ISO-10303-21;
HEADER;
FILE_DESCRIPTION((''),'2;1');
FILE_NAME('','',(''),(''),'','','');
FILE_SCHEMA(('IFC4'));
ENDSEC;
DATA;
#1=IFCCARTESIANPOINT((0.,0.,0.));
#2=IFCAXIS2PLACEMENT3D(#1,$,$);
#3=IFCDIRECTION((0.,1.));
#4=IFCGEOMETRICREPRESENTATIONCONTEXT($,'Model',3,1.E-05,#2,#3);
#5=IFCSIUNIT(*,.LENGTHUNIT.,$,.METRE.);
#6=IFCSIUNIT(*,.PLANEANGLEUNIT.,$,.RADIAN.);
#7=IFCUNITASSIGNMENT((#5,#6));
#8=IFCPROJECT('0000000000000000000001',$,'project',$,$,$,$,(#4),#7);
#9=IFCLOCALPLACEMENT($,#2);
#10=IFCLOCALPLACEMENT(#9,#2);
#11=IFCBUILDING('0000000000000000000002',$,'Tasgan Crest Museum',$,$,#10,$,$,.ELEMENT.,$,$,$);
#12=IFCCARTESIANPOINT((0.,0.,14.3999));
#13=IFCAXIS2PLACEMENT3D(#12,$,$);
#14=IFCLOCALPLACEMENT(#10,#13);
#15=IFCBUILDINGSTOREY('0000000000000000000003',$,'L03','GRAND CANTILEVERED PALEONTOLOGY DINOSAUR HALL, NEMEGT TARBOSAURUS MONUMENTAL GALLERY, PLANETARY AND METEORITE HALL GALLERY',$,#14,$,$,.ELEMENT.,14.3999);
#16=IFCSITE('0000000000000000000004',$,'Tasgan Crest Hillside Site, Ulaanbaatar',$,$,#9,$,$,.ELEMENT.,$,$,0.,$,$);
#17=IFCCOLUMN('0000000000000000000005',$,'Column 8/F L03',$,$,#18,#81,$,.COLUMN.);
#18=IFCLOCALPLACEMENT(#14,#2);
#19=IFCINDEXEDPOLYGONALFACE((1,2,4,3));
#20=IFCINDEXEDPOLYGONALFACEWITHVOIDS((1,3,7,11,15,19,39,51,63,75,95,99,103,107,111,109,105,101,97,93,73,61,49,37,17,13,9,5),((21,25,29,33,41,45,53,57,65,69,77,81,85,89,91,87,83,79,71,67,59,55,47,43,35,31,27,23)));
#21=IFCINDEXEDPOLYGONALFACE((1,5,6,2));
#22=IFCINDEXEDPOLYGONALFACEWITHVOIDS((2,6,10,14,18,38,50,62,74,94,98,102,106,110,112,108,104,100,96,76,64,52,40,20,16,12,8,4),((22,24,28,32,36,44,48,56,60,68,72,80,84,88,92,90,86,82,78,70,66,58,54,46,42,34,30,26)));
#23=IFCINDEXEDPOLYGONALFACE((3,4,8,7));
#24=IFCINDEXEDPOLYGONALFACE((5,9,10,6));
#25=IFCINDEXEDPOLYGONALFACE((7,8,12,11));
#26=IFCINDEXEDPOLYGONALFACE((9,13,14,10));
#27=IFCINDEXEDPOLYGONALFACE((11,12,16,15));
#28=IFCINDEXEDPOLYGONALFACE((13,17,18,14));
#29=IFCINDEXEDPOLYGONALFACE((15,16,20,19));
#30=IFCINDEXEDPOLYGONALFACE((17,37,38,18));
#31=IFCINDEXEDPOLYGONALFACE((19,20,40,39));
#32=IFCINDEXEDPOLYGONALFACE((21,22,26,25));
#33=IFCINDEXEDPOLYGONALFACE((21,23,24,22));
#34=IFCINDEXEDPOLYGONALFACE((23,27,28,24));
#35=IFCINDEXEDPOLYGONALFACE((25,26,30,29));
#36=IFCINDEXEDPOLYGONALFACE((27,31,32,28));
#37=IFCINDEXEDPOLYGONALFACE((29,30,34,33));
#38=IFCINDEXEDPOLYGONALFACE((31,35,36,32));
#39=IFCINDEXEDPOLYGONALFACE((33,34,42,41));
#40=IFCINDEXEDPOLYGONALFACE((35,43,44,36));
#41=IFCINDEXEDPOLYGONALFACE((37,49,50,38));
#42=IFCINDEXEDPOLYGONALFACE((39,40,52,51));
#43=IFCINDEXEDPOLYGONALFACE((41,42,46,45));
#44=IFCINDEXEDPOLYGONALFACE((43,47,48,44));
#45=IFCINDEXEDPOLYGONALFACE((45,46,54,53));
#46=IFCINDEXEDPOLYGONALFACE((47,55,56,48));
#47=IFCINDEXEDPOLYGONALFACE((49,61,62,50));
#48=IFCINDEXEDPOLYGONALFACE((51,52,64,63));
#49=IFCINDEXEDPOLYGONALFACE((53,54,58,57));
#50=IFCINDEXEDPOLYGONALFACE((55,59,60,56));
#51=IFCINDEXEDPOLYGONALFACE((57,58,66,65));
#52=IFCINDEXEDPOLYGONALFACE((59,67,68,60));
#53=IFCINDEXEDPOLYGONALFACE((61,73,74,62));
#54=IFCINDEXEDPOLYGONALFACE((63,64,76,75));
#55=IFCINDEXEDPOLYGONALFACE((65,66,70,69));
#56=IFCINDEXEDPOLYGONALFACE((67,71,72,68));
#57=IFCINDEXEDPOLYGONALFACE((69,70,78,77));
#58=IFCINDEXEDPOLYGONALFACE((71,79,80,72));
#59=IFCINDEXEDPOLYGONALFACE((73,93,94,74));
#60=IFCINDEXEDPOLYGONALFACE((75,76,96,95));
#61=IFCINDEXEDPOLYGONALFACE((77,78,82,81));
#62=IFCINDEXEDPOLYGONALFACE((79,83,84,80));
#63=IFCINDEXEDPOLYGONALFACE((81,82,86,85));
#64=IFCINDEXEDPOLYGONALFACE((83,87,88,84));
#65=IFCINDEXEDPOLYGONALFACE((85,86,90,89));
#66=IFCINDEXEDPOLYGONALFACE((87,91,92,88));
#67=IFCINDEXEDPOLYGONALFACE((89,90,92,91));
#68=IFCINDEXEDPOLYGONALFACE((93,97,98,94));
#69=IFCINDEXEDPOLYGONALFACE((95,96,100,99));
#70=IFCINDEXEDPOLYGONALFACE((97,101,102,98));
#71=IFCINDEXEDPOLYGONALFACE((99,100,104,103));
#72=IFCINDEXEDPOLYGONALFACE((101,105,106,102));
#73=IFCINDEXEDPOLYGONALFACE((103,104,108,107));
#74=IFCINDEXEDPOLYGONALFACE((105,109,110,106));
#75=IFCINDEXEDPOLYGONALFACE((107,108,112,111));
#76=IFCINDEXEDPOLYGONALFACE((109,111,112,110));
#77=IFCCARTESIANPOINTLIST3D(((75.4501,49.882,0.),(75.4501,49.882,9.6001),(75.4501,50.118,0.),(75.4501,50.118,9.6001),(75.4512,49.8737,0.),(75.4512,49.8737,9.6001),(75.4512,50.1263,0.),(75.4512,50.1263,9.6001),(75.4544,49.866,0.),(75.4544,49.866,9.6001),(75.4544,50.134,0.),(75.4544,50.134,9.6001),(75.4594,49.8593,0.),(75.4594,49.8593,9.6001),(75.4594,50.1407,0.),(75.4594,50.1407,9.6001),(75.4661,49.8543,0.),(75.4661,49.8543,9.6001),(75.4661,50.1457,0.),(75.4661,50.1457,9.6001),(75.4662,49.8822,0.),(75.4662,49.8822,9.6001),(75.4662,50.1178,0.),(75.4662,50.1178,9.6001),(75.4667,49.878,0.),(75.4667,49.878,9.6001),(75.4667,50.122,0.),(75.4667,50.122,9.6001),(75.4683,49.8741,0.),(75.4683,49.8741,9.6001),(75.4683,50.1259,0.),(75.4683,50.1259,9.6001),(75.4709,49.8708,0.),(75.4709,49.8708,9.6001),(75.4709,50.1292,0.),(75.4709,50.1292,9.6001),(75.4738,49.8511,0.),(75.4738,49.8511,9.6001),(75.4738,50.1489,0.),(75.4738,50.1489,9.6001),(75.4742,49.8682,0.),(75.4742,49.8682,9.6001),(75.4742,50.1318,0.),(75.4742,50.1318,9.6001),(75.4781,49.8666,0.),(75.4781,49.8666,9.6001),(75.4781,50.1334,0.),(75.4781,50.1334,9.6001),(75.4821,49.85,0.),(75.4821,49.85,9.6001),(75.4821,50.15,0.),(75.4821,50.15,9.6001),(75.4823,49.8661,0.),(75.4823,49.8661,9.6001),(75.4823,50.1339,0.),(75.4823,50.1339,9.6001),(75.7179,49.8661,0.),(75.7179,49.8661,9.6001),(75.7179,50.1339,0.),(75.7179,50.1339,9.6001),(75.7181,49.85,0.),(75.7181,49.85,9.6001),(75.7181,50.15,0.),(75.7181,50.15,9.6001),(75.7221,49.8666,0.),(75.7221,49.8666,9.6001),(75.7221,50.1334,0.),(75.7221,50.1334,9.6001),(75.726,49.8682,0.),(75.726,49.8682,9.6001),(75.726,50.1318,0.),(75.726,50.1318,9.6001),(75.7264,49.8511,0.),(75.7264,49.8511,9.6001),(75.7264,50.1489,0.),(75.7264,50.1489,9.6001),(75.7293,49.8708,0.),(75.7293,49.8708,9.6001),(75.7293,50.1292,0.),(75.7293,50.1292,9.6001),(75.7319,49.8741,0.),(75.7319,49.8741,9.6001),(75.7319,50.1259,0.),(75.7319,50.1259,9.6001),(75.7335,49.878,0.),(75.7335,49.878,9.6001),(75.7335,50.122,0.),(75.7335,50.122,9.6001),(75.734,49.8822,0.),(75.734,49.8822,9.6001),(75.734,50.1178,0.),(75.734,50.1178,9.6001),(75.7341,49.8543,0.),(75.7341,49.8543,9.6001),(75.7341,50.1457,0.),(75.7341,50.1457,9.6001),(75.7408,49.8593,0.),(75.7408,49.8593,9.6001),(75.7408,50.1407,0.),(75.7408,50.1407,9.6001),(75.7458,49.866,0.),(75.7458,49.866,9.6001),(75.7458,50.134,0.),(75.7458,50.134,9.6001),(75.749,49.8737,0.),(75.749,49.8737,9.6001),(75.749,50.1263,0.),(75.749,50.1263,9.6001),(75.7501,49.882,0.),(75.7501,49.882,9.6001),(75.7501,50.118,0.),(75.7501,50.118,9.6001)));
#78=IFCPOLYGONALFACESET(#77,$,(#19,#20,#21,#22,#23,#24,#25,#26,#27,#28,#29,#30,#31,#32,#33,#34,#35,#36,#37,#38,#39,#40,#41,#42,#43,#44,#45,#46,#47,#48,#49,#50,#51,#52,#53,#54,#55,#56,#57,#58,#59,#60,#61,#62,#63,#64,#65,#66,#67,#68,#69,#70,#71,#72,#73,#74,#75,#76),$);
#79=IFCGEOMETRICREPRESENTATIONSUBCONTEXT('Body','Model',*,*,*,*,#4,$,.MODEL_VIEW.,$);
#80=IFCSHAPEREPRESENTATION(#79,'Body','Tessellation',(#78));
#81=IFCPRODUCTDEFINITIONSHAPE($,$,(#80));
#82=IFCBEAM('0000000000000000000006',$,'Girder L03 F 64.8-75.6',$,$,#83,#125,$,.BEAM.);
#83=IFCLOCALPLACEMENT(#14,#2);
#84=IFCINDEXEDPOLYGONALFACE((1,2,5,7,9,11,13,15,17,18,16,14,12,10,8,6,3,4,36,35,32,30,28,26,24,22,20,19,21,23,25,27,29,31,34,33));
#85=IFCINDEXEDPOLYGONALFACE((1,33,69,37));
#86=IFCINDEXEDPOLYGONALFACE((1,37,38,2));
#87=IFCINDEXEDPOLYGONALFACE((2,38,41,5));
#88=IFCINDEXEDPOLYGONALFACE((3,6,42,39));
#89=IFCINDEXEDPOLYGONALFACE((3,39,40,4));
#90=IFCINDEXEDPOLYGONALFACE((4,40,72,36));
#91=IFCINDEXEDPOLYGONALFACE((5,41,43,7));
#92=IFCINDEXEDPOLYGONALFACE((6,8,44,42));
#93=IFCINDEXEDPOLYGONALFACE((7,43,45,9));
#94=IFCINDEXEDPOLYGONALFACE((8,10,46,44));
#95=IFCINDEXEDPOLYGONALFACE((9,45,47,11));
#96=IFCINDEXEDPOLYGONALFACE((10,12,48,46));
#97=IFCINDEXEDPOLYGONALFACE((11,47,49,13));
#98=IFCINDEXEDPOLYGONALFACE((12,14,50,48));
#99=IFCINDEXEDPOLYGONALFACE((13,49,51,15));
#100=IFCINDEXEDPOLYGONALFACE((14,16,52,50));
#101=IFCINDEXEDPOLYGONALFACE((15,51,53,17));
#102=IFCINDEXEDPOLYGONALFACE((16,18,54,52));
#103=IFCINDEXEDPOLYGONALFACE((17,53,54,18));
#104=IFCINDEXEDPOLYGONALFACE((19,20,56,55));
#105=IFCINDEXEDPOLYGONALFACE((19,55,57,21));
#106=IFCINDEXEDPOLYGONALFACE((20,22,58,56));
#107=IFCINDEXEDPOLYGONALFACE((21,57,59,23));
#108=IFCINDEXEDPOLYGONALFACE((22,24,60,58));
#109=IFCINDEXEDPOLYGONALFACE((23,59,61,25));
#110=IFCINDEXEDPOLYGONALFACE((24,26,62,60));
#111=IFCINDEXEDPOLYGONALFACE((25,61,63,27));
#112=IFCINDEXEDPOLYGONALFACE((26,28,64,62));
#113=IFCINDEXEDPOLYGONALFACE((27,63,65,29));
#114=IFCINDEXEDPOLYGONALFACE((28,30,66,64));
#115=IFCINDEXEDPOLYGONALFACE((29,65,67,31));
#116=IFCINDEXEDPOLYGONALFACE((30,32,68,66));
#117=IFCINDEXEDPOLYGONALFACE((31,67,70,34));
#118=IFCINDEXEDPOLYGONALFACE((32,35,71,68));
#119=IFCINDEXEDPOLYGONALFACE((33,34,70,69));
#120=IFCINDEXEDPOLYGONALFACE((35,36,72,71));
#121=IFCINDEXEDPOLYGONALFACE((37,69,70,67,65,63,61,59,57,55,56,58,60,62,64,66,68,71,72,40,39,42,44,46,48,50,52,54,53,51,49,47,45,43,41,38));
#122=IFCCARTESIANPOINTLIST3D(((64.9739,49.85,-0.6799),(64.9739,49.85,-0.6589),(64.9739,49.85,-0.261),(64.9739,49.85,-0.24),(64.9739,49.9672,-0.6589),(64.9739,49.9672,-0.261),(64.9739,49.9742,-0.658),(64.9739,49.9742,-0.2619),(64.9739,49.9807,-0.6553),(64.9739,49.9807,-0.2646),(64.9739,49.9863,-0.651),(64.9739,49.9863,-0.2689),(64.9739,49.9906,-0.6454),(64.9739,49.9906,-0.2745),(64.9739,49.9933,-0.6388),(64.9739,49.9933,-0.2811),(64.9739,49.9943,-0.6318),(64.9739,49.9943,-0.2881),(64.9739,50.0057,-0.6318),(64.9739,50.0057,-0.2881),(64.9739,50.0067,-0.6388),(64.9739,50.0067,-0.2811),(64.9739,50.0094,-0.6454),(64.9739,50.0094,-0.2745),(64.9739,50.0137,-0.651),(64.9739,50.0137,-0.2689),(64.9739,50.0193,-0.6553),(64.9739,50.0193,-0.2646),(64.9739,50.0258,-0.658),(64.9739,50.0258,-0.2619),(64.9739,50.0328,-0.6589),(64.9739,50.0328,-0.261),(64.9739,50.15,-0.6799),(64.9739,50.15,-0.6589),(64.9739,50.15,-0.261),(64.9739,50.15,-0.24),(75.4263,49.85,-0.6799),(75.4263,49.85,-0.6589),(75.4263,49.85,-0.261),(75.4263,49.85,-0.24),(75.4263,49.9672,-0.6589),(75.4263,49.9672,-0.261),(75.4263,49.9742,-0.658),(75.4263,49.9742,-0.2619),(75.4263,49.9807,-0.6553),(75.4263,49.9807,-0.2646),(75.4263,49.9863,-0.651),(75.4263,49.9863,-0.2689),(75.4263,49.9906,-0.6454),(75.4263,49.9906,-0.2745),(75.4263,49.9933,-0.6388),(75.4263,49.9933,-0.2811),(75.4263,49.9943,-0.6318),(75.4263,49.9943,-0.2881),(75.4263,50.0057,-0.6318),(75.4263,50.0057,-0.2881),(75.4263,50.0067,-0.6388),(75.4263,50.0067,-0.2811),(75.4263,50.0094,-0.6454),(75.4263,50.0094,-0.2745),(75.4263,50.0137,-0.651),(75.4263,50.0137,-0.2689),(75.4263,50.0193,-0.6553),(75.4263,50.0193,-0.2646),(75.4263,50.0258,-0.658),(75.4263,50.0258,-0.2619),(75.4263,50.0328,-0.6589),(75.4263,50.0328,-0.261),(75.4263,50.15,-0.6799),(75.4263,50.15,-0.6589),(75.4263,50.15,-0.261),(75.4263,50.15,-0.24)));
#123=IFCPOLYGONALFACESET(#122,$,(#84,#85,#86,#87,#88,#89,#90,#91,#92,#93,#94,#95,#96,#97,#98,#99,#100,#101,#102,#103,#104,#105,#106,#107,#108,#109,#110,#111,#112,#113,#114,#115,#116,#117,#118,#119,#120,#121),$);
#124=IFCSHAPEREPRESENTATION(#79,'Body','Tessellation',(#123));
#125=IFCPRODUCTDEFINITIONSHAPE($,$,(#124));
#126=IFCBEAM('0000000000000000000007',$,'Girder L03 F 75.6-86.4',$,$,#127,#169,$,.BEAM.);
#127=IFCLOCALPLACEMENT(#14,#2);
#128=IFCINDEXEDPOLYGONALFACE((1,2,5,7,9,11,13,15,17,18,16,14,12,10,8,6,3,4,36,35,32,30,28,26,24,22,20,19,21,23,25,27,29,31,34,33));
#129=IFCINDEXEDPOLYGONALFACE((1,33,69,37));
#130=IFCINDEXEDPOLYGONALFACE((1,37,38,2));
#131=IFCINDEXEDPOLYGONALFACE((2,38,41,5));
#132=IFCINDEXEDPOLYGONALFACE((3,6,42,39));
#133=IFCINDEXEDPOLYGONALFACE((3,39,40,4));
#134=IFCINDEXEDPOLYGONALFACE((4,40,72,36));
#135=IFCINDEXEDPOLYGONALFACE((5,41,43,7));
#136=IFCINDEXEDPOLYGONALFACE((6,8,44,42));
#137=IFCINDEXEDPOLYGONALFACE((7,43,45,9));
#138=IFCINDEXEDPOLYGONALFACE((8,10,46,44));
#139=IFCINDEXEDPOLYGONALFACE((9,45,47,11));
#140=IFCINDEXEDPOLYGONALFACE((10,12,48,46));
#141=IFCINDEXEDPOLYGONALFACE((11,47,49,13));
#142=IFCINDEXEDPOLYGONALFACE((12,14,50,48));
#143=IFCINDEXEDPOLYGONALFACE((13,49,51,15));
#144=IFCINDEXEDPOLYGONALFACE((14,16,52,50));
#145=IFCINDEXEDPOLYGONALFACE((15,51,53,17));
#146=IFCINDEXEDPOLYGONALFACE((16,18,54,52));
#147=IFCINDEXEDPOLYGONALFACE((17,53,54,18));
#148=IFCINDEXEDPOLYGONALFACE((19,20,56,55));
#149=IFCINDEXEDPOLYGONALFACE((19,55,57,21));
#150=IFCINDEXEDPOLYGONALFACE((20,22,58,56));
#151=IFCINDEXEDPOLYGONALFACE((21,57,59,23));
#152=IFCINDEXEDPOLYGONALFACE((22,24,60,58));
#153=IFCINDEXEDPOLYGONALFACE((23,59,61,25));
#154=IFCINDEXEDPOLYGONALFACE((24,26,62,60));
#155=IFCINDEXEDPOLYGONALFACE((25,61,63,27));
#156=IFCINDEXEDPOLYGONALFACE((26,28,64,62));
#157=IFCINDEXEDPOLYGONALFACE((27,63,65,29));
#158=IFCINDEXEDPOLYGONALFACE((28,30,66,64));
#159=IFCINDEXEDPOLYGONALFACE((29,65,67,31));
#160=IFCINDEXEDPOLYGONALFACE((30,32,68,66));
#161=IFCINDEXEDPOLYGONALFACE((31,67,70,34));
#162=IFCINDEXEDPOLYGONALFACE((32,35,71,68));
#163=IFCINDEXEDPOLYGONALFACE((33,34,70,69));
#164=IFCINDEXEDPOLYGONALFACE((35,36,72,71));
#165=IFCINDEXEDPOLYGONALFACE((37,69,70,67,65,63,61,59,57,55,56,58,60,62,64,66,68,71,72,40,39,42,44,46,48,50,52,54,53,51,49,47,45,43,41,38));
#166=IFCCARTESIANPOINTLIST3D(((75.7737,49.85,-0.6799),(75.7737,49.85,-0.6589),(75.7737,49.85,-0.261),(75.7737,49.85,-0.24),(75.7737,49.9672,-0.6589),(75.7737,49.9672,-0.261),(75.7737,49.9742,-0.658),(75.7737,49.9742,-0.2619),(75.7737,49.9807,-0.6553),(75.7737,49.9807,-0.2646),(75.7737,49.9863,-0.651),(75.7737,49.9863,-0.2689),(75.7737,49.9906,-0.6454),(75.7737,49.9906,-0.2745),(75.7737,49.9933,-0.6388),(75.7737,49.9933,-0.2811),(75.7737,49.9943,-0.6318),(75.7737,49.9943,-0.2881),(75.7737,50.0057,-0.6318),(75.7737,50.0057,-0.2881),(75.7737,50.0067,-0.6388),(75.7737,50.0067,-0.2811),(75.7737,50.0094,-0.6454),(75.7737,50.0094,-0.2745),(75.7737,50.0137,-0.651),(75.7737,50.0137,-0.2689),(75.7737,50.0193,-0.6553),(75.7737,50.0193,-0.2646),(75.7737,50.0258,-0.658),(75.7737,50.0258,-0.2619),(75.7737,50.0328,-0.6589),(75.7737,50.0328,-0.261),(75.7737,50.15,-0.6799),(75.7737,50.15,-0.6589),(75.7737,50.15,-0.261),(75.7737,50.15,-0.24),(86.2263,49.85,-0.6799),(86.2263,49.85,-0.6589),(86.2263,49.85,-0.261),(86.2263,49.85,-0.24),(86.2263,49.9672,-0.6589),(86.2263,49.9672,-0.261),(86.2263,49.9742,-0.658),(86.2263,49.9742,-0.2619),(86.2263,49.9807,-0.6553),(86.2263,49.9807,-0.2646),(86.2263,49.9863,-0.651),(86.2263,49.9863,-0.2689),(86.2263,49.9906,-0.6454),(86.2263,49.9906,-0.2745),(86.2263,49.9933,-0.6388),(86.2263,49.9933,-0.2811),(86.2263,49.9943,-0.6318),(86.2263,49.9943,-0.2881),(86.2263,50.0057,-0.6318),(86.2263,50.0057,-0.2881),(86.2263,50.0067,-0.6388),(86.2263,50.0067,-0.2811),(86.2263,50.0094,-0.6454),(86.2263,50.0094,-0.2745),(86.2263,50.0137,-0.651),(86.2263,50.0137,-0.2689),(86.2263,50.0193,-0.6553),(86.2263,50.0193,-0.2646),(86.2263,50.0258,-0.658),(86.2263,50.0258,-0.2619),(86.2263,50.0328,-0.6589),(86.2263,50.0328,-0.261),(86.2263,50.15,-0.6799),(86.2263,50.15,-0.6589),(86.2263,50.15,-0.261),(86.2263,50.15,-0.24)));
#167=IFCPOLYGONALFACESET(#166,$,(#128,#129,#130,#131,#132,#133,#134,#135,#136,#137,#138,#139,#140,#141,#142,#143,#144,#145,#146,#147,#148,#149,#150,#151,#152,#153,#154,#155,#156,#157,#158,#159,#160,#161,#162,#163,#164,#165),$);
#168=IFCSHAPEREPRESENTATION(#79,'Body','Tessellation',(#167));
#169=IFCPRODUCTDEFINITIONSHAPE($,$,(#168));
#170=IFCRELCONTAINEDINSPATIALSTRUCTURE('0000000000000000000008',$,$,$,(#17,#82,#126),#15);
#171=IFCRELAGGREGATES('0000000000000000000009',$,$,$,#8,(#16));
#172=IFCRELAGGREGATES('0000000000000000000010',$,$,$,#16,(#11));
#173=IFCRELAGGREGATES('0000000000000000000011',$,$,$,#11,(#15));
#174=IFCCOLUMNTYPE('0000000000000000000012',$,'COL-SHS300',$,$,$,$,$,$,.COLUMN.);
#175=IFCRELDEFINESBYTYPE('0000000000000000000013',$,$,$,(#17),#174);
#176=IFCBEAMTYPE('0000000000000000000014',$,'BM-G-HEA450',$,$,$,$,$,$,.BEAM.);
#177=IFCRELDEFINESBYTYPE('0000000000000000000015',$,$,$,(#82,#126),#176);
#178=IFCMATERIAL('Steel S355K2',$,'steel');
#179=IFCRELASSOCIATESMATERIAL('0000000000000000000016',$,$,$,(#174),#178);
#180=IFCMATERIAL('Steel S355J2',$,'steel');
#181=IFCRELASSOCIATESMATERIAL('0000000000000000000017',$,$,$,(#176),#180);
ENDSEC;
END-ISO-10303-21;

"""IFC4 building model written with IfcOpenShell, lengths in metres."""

from ifc_helpers import new_model, si_unit, direction, frame, origin, origin_2d, place, context, subcontext, project, spatial, hollow_rectangle, i_section, extrude, material, material_profile, profile_set, type_object, element, save


model = new_model("IFC4")

# Units and contexts
model_context = context("Model", 3, precision=1e-05, world=origin(), true_north=direction((0.0, 1.0)))
body_context = subcontext(model_context, "Body", "Model", "MODEL_VIEW")
ifc_project = project(units=[si_unit("LENGTHUNIT", "METRE"), si_unit("PLANEANGLEUNIT", "RADIAN")], contexts=[model_context])

# Site, building, storey
site_placement = place(None, origin())
site = spatial("IfcSite", under=ifc_project, at=site_placement, Name="Tasgan Crest Hillside Site, Ulaanbaatar", CompositionType="ELEMENT", RefElevation=0.0)
building_placement = place(site_placement, origin())
building = spatial("IfcBuilding", under=site, at=building_placement, Name="Tasgan Crest Museum", CompositionType="ELEMENT")
storey_placement = place(building_placement, frame((0.0, 0.0, 14.3999)))
storey = spatial("IfcBuildingStorey", under=building, at=storey_placement, Name="L03", Description="GRAND CANTILEVERED PALEONTOLOGY DINOSAUR HALL, NEMEGT TARBOSAURUS MONUMENTAL GALLERY, PLANETARY AND METEORITE HALL GALLERY", CompositionType="ELEMENT", Elevation=14.3999)

# Column
ifc_material_1 = material(Name="Steel S355K2", Category="steel")
ifc_material_profile_1 = material_profile(ifc_material_1, hollow_rectangle(XDim=0.3, YDim=0.3, WallThickness=0.0161, InnerFilletRadius=0.0161, OuterFilletRadius=0.032, at=origin_2d()), Name="SHS 300x300x16")
ifc_profile_set_1 = profile_set([ifc_material_profile_1], Name="Steel S355K2")
column_type = type_object("IfcColumnType", Name="COL-SHS300", PredefinedType="COLUMN", material=ifc_profile_set_1)
for number, where, z_axis, x_axis, name in (
    (1, (75.6001, 50.0, 0.0), (0.0, 0.0, 1.0), (1.0, 0.0, 0.0), "Column 8/F L03"),
):
    element("IfcColumn", number, at=place(storey_placement, frame(where, z_axis=z_axis, x_axis=x_axis)), inside=storey, type_object=column_type, Name=name, PredefinedType="COLUMN", context=body_context, shape_type="SweptSolid", body=[
        extrude(hollow_rectangle(XDim=0.3, YDim=0.3, WallThickness=0.0161, InnerFilletRadius=0.0161, OuterFilletRadius=0.032, at=origin_2d()), origin(), (0.0, 0.0, 1.0), 9.6001),
    ])

# Beams
ifc_material_2 = material(Name="Steel S355J2", Category="steel")
ifc_material_profile_2 = material_profile(ifc_material_2, i_section(OverallWidth=0.3, OverallDepth=0.4399, WebThickness=0.0115, FlangeThickness=0.021, FilletRadius=0.0271, at=origin_2d()), Name="HEA 450")
ifc_profile_set_2 = profile_set([ifc_material_profile_2], Name="Steel S355J2")
beam_type_1 = type_object("IfcBeamType", Name="BM-G-HEA450", PredefinedType="BEAM", material=ifc_profile_set_2)
beam_1_placement = place(storey_placement, frame((64.9739, 50.0, -0.46), z_axis=(1.0, 0.0, 0.0), x_axis=(0.0, 1.0, 0.0)))
element("IfcBeam", 2, at=beam_1_placement, inside=storey, type_object=beam_type_1, Name="Girder L03 F 64.8-75.6", PredefinedType="BEAM", context=body_context, shape_type="SweptSolid", body=[
    extrude(i_section(OverallWidth=0.3, OverallDepth=0.4399, WebThickness=0.0115, FlangeThickness=0.021, FilletRadius=0.0271, at=origin_2d()), origin(), (0.0, 0.0, 1.0), 10.4524),
])
beam_2_placement = place(storey_placement, frame((75.7737, 50.0, -0.46), z_axis=(1.0, 0.0, 0.0), x_axis=(0.0, 1.0, 0.0)))
element("IfcBeam", 3, at=beam_2_placement, inside=storey, type_object=beam_type_1, Name="Girder L03 F 75.6-86.4", PredefinedType="BEAM", context=body_context, shape_type="SweptSolid", body=[
    extrude(i_section(OverallWidth=0.3, OverallDepth=0.4399, WebThickness=0.0115, FlangeThickness=0.021, FilletRadius=0.0271, at=origin_2d()), origin(), (0.0, 0.0, 1.0), 10.4526),
])

save(model, "model.ifc")
